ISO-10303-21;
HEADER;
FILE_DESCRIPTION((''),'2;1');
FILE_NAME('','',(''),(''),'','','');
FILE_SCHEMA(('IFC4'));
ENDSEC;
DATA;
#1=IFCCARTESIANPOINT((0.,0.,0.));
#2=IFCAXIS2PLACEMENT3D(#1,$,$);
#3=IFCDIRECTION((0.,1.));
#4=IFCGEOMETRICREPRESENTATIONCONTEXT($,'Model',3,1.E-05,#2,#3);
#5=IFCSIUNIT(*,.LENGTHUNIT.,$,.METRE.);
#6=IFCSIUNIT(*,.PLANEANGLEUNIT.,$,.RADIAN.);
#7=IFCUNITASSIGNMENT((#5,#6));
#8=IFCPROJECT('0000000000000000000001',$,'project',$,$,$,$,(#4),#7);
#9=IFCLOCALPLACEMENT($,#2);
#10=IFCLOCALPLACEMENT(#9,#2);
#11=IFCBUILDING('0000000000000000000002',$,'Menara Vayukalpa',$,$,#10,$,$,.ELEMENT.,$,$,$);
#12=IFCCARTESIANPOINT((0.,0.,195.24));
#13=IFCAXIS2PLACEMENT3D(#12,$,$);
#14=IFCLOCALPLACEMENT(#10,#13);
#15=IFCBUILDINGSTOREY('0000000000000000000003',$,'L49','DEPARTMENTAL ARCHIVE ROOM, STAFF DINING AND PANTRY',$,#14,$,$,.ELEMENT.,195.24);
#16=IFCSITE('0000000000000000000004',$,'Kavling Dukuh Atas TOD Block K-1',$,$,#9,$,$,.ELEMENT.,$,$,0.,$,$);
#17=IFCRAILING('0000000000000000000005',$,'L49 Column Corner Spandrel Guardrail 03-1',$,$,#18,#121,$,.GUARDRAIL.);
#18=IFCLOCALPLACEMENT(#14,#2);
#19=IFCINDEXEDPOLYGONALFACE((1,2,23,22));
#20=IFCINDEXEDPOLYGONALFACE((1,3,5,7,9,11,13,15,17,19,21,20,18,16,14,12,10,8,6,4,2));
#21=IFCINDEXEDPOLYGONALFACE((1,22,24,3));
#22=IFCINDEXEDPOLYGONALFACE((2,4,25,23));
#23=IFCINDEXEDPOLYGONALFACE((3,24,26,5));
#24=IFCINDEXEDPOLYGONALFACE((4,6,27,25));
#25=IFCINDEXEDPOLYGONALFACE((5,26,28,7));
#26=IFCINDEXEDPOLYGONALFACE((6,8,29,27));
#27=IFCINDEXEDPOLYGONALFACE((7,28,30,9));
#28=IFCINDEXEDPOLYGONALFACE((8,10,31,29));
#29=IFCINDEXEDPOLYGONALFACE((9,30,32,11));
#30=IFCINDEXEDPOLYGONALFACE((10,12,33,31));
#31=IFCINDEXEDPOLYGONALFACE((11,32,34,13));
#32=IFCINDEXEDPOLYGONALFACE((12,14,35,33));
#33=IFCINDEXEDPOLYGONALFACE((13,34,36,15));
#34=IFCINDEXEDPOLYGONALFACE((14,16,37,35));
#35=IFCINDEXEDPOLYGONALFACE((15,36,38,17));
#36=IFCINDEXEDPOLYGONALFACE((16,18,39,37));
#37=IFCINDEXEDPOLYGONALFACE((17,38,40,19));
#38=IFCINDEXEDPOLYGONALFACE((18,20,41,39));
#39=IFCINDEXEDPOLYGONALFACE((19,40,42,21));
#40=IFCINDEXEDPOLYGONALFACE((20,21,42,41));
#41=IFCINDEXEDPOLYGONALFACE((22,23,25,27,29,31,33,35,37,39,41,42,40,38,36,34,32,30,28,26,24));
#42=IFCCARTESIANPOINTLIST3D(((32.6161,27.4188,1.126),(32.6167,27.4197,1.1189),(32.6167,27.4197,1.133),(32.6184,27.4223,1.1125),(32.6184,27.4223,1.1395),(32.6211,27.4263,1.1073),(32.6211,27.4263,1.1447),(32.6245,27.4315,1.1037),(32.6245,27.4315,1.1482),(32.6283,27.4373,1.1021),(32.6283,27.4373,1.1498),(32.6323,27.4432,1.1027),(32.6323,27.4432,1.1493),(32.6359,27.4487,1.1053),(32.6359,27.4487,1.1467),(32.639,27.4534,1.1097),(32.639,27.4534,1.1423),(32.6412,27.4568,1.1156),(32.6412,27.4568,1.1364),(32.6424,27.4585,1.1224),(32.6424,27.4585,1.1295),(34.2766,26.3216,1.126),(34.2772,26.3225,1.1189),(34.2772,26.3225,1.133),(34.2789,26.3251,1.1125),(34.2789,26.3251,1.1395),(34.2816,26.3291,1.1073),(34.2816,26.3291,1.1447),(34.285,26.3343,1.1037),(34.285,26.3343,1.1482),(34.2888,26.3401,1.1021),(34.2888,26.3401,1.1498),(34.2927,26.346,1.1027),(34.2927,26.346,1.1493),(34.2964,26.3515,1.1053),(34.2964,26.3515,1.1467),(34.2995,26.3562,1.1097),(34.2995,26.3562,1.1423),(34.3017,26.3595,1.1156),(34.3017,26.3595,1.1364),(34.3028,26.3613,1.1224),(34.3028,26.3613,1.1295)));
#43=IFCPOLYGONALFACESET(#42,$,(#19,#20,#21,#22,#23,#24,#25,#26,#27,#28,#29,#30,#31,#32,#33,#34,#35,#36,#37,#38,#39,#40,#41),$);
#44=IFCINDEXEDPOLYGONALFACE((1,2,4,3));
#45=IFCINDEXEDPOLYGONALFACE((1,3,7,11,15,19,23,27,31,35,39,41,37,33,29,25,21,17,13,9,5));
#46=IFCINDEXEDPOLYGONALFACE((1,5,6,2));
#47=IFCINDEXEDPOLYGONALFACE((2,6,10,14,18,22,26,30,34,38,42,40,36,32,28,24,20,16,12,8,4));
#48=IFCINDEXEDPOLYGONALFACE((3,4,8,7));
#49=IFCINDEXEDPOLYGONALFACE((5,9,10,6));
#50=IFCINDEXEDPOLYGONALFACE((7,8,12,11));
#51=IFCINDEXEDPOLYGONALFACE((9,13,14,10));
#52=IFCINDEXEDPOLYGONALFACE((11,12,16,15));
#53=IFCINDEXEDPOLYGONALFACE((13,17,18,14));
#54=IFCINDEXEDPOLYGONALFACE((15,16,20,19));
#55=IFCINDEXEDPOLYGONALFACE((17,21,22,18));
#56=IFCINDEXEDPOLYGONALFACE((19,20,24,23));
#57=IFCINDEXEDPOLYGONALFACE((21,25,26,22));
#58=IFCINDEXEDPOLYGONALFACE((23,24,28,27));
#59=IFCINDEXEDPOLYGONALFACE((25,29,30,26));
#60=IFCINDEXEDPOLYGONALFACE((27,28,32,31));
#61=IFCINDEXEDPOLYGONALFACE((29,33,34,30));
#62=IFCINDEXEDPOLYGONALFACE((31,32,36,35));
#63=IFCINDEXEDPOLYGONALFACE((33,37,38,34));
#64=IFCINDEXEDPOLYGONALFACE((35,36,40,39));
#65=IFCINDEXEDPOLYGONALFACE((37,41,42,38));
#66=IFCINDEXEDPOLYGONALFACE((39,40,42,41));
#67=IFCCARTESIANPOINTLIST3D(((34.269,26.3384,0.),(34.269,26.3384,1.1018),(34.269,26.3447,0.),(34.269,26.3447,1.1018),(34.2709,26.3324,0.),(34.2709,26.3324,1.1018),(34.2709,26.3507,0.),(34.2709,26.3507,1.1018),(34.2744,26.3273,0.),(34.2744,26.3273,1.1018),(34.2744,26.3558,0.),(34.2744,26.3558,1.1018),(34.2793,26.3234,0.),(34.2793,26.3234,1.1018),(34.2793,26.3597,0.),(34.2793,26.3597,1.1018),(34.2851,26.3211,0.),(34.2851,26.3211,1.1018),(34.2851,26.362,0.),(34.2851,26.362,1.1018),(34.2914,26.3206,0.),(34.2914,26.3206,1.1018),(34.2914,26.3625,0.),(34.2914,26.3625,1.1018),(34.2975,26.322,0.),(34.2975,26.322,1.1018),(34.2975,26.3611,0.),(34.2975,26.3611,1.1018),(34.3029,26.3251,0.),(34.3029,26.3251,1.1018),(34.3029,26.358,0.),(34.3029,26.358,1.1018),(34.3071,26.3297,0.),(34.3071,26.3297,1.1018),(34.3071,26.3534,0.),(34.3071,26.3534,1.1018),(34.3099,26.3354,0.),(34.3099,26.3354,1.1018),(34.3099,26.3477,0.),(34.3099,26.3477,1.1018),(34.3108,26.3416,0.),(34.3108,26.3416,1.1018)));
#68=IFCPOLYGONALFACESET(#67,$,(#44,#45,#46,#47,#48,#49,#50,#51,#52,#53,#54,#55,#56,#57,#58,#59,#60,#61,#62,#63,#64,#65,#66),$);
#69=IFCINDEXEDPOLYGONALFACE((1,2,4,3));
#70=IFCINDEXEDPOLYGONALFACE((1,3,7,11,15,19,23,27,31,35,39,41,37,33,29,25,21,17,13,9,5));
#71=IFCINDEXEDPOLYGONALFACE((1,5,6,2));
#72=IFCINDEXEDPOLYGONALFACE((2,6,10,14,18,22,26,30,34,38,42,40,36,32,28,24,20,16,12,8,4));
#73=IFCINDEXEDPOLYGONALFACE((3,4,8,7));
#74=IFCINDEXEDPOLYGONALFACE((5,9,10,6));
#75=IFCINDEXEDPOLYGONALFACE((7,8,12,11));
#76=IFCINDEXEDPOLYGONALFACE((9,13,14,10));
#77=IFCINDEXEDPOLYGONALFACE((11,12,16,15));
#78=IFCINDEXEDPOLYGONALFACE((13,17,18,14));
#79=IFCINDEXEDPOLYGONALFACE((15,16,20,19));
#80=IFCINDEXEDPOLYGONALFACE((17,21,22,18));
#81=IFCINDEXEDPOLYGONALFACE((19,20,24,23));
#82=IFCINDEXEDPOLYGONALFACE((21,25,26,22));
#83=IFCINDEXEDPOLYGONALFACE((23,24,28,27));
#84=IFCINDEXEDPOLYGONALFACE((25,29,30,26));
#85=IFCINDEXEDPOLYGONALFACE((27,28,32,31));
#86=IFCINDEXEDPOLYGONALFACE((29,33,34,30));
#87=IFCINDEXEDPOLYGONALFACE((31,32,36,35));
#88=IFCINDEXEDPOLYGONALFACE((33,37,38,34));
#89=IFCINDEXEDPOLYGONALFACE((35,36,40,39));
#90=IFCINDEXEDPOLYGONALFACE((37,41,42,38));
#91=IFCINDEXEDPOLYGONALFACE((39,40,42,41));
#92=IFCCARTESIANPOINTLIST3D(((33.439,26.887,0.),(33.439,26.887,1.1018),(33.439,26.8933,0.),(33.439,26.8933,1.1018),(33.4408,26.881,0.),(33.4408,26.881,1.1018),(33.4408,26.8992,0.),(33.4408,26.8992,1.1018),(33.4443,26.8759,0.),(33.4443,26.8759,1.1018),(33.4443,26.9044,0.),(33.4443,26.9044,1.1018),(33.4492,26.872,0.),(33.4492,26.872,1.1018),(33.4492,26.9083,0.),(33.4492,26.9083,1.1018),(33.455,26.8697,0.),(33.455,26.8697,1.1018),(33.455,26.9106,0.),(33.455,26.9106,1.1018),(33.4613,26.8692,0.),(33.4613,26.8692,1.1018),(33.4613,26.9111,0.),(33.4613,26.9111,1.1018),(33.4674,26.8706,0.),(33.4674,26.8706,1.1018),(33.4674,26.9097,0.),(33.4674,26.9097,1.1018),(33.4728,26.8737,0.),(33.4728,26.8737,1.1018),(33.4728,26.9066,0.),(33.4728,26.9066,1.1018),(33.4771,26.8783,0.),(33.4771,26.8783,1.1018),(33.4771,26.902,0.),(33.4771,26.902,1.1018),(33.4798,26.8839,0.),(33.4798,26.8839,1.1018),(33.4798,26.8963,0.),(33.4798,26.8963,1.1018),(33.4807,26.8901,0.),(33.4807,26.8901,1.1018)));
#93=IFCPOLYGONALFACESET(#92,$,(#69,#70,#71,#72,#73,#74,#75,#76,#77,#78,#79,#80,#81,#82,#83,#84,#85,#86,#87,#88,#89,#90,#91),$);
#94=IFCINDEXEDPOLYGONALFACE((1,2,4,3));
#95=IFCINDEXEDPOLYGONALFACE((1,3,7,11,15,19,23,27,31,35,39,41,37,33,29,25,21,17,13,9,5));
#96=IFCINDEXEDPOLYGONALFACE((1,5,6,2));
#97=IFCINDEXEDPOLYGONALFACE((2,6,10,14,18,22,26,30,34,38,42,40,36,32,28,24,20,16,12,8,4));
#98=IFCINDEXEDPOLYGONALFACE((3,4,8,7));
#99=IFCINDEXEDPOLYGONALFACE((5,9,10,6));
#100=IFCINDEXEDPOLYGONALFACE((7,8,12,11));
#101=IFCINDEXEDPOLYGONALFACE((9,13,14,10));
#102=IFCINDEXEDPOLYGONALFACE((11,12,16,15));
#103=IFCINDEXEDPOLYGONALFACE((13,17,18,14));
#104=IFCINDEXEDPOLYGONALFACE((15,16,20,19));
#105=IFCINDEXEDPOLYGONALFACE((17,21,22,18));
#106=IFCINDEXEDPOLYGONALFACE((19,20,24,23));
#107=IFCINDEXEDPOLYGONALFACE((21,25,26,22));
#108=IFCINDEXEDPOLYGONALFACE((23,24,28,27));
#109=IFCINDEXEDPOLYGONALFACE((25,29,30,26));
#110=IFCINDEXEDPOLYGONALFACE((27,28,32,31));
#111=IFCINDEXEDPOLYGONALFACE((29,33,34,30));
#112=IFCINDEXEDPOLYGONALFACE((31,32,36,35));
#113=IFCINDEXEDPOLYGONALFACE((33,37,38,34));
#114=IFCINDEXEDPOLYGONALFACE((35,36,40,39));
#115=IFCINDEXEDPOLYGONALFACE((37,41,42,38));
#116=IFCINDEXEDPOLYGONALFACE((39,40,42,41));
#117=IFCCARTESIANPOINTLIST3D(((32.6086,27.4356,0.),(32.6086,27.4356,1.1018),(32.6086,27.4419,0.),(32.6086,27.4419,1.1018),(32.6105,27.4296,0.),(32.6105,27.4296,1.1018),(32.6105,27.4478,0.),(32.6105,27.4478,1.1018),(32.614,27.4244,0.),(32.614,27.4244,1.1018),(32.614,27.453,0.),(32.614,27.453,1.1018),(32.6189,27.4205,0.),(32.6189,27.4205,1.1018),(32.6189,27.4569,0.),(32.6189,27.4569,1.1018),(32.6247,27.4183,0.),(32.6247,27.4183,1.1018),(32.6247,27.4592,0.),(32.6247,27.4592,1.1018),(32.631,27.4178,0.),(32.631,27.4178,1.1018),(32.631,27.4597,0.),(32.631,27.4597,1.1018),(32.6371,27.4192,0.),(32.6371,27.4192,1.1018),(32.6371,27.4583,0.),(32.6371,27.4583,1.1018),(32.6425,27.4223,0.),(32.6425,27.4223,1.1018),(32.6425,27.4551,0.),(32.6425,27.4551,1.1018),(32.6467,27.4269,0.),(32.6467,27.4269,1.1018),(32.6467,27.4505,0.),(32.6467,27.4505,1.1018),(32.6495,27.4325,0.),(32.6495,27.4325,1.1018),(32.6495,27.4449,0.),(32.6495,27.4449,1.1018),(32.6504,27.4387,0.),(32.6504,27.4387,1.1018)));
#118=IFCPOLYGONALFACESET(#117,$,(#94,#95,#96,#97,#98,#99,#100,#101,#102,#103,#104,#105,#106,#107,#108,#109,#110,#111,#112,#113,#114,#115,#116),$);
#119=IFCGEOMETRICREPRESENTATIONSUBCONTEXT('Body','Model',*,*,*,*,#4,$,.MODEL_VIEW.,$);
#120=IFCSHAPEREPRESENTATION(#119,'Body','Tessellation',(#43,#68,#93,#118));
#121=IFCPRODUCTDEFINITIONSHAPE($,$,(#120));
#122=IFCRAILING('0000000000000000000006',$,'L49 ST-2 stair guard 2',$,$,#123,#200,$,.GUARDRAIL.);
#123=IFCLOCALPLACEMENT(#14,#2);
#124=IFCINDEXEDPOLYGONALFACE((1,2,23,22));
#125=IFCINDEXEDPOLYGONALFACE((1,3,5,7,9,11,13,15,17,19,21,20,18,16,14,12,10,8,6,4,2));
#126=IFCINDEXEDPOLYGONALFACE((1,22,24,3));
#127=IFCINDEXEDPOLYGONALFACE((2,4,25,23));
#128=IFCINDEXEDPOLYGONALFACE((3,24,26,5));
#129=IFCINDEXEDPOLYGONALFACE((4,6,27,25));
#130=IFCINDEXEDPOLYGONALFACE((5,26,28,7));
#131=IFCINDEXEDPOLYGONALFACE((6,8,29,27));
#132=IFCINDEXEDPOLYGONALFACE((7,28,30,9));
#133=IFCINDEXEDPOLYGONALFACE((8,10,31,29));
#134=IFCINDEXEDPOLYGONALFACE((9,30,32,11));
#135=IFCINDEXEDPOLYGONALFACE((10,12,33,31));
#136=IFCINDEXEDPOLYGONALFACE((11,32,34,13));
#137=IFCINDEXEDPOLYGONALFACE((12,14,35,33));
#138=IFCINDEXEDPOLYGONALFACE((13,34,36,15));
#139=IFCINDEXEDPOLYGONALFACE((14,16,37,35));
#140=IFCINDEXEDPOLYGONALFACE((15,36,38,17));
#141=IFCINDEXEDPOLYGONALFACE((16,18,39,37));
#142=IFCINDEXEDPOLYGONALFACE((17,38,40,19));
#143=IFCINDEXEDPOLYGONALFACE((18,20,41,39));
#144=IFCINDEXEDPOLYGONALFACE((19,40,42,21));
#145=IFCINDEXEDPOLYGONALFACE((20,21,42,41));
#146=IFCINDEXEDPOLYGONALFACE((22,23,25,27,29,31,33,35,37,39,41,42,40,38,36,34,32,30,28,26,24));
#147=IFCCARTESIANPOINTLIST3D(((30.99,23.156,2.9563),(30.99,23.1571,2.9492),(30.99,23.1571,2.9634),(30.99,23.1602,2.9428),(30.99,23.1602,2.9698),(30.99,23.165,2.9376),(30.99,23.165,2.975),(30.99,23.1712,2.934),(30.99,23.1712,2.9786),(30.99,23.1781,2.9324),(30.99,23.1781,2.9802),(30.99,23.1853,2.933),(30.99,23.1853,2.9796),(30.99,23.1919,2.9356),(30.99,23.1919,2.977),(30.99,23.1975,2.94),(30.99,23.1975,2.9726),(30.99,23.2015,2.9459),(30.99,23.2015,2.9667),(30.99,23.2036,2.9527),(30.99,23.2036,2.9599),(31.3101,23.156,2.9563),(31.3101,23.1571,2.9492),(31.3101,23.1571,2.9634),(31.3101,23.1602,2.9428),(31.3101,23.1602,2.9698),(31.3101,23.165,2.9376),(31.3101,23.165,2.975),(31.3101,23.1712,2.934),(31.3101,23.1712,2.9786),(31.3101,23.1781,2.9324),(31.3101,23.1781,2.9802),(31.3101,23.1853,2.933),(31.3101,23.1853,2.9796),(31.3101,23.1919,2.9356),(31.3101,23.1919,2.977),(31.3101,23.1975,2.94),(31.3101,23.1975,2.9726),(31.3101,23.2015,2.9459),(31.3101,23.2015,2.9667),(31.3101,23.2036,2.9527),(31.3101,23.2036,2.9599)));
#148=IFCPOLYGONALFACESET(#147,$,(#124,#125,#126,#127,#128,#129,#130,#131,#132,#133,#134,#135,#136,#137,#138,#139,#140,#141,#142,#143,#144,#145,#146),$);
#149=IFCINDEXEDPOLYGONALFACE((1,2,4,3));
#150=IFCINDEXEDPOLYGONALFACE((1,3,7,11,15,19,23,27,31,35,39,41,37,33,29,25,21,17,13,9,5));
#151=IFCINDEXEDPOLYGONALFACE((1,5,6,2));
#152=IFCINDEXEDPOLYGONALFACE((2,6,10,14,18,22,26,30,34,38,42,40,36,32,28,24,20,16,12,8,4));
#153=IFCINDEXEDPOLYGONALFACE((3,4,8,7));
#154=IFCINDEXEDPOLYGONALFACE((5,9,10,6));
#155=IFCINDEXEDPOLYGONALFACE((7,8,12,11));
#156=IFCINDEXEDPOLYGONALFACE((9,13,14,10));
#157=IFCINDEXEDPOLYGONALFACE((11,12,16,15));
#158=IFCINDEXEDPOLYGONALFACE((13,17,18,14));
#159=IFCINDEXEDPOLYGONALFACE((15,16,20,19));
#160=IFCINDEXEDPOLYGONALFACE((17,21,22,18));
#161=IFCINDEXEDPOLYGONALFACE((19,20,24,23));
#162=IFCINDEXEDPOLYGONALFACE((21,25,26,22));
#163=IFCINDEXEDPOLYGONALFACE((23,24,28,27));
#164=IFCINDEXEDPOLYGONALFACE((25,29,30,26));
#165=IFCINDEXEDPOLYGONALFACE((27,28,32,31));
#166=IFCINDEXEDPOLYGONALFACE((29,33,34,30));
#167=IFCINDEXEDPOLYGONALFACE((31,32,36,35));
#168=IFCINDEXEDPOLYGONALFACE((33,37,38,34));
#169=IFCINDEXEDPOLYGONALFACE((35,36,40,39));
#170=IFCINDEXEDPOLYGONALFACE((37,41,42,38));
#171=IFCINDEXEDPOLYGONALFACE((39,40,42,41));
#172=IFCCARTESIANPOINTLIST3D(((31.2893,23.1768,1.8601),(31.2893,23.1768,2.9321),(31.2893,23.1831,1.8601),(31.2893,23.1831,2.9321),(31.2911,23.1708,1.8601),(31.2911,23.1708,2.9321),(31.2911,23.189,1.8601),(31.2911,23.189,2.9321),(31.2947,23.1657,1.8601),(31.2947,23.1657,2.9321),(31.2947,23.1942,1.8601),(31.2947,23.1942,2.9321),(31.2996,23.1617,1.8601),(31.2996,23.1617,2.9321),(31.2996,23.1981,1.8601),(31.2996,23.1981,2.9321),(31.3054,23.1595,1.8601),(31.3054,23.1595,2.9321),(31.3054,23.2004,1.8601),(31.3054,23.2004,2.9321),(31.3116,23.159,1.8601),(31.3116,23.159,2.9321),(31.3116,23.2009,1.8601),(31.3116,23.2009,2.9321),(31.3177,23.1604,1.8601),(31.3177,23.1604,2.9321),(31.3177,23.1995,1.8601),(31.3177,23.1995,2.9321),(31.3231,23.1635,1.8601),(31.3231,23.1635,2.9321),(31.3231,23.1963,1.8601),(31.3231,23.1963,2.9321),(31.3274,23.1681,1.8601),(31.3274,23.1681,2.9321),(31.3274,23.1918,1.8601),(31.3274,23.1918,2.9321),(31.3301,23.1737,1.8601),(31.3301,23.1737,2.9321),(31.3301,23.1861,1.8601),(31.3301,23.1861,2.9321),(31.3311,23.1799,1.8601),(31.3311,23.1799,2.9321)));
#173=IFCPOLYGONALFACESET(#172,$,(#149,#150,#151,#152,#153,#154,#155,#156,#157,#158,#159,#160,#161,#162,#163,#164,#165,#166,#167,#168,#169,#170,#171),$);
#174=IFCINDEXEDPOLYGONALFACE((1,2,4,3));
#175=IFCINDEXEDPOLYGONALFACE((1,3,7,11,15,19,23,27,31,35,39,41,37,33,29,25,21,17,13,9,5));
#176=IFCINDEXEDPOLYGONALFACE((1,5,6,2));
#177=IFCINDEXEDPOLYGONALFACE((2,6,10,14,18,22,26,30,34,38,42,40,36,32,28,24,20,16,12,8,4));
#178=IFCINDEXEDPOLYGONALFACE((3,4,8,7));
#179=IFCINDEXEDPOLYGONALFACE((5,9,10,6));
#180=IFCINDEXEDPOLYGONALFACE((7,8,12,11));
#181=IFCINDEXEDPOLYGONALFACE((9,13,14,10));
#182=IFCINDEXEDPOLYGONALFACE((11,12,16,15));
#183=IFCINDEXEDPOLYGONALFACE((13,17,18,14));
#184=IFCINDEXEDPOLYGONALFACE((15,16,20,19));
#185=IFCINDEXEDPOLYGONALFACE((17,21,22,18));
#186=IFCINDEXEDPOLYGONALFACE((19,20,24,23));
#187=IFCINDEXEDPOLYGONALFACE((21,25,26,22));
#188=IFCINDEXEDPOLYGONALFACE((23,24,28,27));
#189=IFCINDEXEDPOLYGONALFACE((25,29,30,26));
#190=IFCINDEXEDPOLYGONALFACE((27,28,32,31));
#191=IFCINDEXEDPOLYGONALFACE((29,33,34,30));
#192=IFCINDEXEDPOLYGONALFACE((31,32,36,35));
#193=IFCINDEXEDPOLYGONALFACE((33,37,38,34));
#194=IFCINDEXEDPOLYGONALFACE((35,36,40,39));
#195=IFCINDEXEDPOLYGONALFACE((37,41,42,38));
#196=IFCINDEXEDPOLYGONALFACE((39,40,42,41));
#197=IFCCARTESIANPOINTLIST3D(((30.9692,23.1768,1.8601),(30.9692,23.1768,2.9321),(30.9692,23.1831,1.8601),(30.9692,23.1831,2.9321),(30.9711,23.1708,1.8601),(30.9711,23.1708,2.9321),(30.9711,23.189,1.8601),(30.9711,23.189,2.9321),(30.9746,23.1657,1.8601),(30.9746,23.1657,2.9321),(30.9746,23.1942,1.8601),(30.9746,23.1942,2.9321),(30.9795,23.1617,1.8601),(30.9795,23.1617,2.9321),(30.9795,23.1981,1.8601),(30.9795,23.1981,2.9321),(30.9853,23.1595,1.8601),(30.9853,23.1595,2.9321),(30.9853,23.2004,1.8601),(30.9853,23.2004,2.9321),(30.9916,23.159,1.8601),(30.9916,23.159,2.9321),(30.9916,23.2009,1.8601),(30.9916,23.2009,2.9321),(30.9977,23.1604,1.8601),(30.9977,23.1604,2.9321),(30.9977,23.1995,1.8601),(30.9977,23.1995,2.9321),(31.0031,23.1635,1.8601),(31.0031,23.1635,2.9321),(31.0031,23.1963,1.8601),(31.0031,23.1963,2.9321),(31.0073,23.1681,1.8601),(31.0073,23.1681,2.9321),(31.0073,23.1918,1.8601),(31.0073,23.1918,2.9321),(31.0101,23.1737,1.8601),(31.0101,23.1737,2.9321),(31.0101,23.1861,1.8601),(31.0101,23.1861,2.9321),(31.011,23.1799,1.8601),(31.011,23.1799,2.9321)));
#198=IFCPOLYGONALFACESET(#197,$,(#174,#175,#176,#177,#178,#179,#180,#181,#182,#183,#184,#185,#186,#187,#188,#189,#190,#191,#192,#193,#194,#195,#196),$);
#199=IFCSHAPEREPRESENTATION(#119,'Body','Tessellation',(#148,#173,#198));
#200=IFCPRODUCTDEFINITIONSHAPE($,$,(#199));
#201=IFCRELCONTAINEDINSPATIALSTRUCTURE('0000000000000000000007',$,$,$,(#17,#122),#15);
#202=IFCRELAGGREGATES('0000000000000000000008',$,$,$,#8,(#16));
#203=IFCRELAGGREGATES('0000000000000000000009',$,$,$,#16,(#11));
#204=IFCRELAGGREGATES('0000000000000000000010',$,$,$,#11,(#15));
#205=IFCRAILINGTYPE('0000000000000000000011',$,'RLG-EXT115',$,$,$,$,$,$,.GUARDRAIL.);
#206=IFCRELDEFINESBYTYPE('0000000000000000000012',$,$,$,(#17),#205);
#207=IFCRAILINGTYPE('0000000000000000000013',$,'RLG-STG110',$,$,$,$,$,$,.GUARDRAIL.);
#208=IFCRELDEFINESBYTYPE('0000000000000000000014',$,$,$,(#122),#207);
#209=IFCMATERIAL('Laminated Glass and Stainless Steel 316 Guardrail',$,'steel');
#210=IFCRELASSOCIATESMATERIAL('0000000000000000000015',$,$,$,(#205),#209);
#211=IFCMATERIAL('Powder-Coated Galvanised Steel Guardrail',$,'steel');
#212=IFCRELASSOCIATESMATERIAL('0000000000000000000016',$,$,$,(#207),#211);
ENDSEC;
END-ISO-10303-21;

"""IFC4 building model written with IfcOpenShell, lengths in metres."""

from ifc_helpers import new_model, si_unit, direction, frame, origin, origin_2d, place, context, subcontext, project, spatial, circle, extrude, material, type_object, element, save


model = new_model("IFC4")

# Units and contexts
model_context = context("Model", 3, precision=1e-05, world=origin(), true_north=direction((0.0, 1.0)))
body_context = subcontext(model_context, "Body", "Model", "MODEL_VIEW")
ifc_project = project(units=[si_unit("LENGTHUNIT", "METRE"), si_unit("PLANEANGLEUNIT", "RADIAN")], contexts=[model_context])

# Site, building, storey
site_placement = place(None, origin())
site = spatial("IfcSite", under=ifc_project, at=site_placement, Name="Kavling Dukuh Atas TOD Block K-1", CompositionType="ELEMENT", RefElevation=0.0)
building_placement = place(site_placement, origin())
building = spatial("IfcBuilding", under=site, at=building_placement, Name="Menara Vayukalpa", CompositionType="ELEMENT")
storey_placement = place(building_placement, frame((0.0, 0.0, 195.24)))
storey = spatial("IfcBuildingStorey", under=building, at=storey_placement, Name="L49", Description="DEPARTMENTAL ARCHIVE ROOM, STAFF DINING AND PANTRY", CompositionType="ELEMENT", Elevation=195.24)

# Railings
ifc_material_1 = material(Name="Laminated Glass and Stainless Steel 316 Guardrail", Category="steel")
railing_type_1 = type_object("IfcRailingType", Name="RLG-EXT115", PredefinedType="GUARDRAIL", material=ifc_material_1)
railing_1_placement = place(storey_placement, frame((34.2898, 26.3416, 0.0)))
element("IfcRailing", 1, at=railing_1_placement, inside=storey, type_object=railing_type_1, Name="L49 Column Corner Spandrel Guardrail 03-1", PredefinedType="GUARDRAIL", context=body_context, shape_type="SweptSolid", body=[
    extrude(circle(Radius=0.0239, at=origin_2d()), frame((0.0, 0.0, 1.126), z_axis=(-0.834308, 0.551298, 0.0), x_axis=(-0.551298, -0.834308, 0.0)), (0.0, 0.0, 1.0), 1.9902),
    extrude(circle(Radius=0.021, at=origin_2d()), origin(), (0.0, 0.0, 1.0), 1.1018),
    extrude(circle(Radius=0.021, at=origin_2d()), frame((-0.8301, 0.5486, 0.0)), (0.0, 0.0, 1.0), 1.1018),
    extrude(circle(Radius=0.021, at=origin_2d()), frame((-1.6604, 1.0972, 0.0)), (0.0, 0.0, 1.0), 1.1018),
])
ifc_material_2 = material(Name="Powder-Coated Galvanised Steel Guardrail", Category="steel")
railing_type_2 = type_object("IfcRailingType", Name="RLG-STG110", PredefinedType="GUARDRAIL", material=ifc_material_2)
railing_2_placement = place(storey_placement, frame((31.3101, 23.1799, 1.8601)))
element("IfcRailing", 2, at=railing_2_placement, inside=storey, type_object=railing_type_2, Name="L49 ST-2 stair guard 2", PredefinedType="GUARDRAIL", context=body_context, shape_type="SweptSolid", body=[
    extrude(circle(Radius=0.0239, at=origin_2d()), frame((0.0, 0.0, 1.0962), z_axis=(-1.0, 0.0, 0.0), x_axis=(0.0, -1.0, 0.0)), (0.0, 0.0, 1.0), 0.3201),
    extrude(circle(Radius=0.021, at=origin_2d()), origin(), (0.0, 0.0, 1.0), 1.072),
    extrude(circle(Radius=0.021, at=origin_2d()), frame((-0.3201, 0.0, 0.0)), (0.0, 0.0, 1.0), 1.072),
])

save(model, "model.ifc")
